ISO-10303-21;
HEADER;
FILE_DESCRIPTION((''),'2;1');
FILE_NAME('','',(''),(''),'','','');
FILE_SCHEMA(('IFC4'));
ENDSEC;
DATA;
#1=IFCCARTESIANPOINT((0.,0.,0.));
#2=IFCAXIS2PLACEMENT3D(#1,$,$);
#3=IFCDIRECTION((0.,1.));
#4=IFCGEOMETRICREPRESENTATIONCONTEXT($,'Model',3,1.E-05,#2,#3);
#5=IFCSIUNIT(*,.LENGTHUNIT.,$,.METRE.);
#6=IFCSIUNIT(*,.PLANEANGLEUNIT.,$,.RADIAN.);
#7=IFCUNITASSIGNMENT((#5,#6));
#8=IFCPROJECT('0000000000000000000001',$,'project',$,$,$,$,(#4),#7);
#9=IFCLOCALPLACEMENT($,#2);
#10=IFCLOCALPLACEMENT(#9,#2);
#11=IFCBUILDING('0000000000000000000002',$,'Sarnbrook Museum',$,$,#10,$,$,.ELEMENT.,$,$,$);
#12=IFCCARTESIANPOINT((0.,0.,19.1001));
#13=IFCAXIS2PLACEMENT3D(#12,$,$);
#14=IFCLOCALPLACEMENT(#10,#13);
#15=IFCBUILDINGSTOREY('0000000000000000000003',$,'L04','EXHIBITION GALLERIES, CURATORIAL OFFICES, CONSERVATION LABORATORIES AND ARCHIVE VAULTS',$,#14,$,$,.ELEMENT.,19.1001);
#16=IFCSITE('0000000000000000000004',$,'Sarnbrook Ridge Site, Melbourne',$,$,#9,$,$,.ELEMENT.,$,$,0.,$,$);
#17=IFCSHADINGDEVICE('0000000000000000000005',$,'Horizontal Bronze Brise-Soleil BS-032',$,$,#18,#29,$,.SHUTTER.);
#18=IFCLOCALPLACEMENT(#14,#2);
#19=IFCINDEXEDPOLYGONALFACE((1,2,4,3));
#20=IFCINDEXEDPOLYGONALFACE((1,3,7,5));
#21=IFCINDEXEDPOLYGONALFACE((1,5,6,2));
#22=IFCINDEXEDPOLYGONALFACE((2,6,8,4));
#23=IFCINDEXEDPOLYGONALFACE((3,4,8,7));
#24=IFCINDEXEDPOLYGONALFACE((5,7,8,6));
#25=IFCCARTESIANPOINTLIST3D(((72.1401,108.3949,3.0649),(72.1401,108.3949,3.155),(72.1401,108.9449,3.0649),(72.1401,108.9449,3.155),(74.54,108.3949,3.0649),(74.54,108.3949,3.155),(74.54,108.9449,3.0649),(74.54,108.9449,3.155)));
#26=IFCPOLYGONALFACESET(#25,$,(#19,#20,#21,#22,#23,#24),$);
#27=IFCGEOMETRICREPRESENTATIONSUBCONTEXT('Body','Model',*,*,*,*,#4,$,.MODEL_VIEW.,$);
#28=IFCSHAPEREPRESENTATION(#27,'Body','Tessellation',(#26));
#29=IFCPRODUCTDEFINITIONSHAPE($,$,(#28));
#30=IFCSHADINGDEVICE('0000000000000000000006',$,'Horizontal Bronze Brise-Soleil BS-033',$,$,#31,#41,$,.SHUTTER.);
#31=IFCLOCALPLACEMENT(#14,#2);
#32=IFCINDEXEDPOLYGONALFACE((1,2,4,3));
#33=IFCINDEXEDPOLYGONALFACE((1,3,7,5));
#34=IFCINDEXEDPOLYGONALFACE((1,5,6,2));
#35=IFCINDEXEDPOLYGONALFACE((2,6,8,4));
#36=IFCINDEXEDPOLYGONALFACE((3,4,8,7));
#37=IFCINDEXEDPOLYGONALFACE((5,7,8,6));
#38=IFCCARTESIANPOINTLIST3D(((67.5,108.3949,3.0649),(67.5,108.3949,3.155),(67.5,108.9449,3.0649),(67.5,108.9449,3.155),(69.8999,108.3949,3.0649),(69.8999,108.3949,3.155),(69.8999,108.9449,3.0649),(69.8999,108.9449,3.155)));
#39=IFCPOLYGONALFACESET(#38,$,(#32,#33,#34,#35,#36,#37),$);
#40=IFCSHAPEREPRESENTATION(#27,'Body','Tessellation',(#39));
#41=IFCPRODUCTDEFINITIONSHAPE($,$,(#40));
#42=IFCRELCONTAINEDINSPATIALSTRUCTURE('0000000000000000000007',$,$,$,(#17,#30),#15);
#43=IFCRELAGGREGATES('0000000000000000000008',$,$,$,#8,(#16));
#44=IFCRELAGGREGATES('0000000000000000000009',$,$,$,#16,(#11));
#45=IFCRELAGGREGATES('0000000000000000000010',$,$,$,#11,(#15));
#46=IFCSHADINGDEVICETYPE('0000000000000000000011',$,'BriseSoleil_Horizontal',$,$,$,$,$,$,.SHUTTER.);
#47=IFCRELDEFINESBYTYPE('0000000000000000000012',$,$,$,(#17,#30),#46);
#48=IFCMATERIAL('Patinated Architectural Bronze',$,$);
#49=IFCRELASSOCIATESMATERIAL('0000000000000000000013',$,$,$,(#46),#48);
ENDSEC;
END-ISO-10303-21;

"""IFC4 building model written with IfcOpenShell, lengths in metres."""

from ifc_helpers import new_model, si_unit, direction, frame, origin, origin_2d, place, context, subcontext, project, spatial, rectangle, extrude, material, type_object, element, save


model = new_model("IFC4")

# Units and contexts
model_context = context("Model", 3, precision=1e-05, world=origin(), true_north=direction((0.0, 1.0)))
body_context = subcontext(model_context, "Body", "Model", "MODEL_VIEW")
ifc_project = project(units=[si_unit("LENGTHUNIT", "METRE"), si_unit("PLANEANGLEUNIT", "RADIAN")], contexts=[model_context])

# Site, building, storey
site_placement = place(None, origin())
site = spatial("IfcSite", under=ifc_project, at=site_placement, Name="Sarnbrook Ridge Site, Melbourne", CompositionType="ELEMENT", RefElevation=0.0)
building_placement = place(site_placement, origin())
building = spatial("IfcBuilding", under=site, at=building_placement, Name="Sarnbrook Museum", CompositionType="ELEMENT")
storey_placement = place(building_placement, frame((0.0, 0.0, 19.1001)))
storey = spatial("IfcBuildingStorey", under=building, at=storey_placement, Name="L04", Description="EXHIBITION GALLERIES, CURATORIAL OFFICES, CONSERVATION LABORATORIES AND ARCHIVE VAULTS", CompositionType="ELEMENT", Elevation=19.1001)

# Shading devices
ifc_material_1 = material(Name="Patinated Architectural Bronze")
shading_device_type = type_object("IfcShadingDeviceType", Name="BriseSoleil_Horizontal", PredefinedType="SHUTTER", material=ifc_material_1)
for number, where, z_axis, x_axis, name in (
    (1, (73.3401, 108.6699, 3.0649), (0.0, 0.0, 1.0), (1.0, 0.0, 0.0), "Horizontal Bronze Brise-Soleil BS-032"),
    (2, (68.7, 108.6699, 3.0649), (0.0, 0.0, 1.0), (1.0, 0.0, 0.0), "Horizontal Bronze Brise-Soleil BS-033"),
):
    element("IfcShadingDevice", number, at=place(storey_placement, frame(where, z_axis=z_axis, x_axis=x_axis)), inside=storey, type_object=shading_device_type, Name=name, PredefinedType="SHUTTER", context=body_context, shape_type="SweptSolid", body=[
        extrude(rectangle(XDim=2.3999, YDim=0.55, at=origin_2d()), origin(), (0.0, 0.0, 1.0), 0.0901),
    ])

save(model, "model.ifc")
